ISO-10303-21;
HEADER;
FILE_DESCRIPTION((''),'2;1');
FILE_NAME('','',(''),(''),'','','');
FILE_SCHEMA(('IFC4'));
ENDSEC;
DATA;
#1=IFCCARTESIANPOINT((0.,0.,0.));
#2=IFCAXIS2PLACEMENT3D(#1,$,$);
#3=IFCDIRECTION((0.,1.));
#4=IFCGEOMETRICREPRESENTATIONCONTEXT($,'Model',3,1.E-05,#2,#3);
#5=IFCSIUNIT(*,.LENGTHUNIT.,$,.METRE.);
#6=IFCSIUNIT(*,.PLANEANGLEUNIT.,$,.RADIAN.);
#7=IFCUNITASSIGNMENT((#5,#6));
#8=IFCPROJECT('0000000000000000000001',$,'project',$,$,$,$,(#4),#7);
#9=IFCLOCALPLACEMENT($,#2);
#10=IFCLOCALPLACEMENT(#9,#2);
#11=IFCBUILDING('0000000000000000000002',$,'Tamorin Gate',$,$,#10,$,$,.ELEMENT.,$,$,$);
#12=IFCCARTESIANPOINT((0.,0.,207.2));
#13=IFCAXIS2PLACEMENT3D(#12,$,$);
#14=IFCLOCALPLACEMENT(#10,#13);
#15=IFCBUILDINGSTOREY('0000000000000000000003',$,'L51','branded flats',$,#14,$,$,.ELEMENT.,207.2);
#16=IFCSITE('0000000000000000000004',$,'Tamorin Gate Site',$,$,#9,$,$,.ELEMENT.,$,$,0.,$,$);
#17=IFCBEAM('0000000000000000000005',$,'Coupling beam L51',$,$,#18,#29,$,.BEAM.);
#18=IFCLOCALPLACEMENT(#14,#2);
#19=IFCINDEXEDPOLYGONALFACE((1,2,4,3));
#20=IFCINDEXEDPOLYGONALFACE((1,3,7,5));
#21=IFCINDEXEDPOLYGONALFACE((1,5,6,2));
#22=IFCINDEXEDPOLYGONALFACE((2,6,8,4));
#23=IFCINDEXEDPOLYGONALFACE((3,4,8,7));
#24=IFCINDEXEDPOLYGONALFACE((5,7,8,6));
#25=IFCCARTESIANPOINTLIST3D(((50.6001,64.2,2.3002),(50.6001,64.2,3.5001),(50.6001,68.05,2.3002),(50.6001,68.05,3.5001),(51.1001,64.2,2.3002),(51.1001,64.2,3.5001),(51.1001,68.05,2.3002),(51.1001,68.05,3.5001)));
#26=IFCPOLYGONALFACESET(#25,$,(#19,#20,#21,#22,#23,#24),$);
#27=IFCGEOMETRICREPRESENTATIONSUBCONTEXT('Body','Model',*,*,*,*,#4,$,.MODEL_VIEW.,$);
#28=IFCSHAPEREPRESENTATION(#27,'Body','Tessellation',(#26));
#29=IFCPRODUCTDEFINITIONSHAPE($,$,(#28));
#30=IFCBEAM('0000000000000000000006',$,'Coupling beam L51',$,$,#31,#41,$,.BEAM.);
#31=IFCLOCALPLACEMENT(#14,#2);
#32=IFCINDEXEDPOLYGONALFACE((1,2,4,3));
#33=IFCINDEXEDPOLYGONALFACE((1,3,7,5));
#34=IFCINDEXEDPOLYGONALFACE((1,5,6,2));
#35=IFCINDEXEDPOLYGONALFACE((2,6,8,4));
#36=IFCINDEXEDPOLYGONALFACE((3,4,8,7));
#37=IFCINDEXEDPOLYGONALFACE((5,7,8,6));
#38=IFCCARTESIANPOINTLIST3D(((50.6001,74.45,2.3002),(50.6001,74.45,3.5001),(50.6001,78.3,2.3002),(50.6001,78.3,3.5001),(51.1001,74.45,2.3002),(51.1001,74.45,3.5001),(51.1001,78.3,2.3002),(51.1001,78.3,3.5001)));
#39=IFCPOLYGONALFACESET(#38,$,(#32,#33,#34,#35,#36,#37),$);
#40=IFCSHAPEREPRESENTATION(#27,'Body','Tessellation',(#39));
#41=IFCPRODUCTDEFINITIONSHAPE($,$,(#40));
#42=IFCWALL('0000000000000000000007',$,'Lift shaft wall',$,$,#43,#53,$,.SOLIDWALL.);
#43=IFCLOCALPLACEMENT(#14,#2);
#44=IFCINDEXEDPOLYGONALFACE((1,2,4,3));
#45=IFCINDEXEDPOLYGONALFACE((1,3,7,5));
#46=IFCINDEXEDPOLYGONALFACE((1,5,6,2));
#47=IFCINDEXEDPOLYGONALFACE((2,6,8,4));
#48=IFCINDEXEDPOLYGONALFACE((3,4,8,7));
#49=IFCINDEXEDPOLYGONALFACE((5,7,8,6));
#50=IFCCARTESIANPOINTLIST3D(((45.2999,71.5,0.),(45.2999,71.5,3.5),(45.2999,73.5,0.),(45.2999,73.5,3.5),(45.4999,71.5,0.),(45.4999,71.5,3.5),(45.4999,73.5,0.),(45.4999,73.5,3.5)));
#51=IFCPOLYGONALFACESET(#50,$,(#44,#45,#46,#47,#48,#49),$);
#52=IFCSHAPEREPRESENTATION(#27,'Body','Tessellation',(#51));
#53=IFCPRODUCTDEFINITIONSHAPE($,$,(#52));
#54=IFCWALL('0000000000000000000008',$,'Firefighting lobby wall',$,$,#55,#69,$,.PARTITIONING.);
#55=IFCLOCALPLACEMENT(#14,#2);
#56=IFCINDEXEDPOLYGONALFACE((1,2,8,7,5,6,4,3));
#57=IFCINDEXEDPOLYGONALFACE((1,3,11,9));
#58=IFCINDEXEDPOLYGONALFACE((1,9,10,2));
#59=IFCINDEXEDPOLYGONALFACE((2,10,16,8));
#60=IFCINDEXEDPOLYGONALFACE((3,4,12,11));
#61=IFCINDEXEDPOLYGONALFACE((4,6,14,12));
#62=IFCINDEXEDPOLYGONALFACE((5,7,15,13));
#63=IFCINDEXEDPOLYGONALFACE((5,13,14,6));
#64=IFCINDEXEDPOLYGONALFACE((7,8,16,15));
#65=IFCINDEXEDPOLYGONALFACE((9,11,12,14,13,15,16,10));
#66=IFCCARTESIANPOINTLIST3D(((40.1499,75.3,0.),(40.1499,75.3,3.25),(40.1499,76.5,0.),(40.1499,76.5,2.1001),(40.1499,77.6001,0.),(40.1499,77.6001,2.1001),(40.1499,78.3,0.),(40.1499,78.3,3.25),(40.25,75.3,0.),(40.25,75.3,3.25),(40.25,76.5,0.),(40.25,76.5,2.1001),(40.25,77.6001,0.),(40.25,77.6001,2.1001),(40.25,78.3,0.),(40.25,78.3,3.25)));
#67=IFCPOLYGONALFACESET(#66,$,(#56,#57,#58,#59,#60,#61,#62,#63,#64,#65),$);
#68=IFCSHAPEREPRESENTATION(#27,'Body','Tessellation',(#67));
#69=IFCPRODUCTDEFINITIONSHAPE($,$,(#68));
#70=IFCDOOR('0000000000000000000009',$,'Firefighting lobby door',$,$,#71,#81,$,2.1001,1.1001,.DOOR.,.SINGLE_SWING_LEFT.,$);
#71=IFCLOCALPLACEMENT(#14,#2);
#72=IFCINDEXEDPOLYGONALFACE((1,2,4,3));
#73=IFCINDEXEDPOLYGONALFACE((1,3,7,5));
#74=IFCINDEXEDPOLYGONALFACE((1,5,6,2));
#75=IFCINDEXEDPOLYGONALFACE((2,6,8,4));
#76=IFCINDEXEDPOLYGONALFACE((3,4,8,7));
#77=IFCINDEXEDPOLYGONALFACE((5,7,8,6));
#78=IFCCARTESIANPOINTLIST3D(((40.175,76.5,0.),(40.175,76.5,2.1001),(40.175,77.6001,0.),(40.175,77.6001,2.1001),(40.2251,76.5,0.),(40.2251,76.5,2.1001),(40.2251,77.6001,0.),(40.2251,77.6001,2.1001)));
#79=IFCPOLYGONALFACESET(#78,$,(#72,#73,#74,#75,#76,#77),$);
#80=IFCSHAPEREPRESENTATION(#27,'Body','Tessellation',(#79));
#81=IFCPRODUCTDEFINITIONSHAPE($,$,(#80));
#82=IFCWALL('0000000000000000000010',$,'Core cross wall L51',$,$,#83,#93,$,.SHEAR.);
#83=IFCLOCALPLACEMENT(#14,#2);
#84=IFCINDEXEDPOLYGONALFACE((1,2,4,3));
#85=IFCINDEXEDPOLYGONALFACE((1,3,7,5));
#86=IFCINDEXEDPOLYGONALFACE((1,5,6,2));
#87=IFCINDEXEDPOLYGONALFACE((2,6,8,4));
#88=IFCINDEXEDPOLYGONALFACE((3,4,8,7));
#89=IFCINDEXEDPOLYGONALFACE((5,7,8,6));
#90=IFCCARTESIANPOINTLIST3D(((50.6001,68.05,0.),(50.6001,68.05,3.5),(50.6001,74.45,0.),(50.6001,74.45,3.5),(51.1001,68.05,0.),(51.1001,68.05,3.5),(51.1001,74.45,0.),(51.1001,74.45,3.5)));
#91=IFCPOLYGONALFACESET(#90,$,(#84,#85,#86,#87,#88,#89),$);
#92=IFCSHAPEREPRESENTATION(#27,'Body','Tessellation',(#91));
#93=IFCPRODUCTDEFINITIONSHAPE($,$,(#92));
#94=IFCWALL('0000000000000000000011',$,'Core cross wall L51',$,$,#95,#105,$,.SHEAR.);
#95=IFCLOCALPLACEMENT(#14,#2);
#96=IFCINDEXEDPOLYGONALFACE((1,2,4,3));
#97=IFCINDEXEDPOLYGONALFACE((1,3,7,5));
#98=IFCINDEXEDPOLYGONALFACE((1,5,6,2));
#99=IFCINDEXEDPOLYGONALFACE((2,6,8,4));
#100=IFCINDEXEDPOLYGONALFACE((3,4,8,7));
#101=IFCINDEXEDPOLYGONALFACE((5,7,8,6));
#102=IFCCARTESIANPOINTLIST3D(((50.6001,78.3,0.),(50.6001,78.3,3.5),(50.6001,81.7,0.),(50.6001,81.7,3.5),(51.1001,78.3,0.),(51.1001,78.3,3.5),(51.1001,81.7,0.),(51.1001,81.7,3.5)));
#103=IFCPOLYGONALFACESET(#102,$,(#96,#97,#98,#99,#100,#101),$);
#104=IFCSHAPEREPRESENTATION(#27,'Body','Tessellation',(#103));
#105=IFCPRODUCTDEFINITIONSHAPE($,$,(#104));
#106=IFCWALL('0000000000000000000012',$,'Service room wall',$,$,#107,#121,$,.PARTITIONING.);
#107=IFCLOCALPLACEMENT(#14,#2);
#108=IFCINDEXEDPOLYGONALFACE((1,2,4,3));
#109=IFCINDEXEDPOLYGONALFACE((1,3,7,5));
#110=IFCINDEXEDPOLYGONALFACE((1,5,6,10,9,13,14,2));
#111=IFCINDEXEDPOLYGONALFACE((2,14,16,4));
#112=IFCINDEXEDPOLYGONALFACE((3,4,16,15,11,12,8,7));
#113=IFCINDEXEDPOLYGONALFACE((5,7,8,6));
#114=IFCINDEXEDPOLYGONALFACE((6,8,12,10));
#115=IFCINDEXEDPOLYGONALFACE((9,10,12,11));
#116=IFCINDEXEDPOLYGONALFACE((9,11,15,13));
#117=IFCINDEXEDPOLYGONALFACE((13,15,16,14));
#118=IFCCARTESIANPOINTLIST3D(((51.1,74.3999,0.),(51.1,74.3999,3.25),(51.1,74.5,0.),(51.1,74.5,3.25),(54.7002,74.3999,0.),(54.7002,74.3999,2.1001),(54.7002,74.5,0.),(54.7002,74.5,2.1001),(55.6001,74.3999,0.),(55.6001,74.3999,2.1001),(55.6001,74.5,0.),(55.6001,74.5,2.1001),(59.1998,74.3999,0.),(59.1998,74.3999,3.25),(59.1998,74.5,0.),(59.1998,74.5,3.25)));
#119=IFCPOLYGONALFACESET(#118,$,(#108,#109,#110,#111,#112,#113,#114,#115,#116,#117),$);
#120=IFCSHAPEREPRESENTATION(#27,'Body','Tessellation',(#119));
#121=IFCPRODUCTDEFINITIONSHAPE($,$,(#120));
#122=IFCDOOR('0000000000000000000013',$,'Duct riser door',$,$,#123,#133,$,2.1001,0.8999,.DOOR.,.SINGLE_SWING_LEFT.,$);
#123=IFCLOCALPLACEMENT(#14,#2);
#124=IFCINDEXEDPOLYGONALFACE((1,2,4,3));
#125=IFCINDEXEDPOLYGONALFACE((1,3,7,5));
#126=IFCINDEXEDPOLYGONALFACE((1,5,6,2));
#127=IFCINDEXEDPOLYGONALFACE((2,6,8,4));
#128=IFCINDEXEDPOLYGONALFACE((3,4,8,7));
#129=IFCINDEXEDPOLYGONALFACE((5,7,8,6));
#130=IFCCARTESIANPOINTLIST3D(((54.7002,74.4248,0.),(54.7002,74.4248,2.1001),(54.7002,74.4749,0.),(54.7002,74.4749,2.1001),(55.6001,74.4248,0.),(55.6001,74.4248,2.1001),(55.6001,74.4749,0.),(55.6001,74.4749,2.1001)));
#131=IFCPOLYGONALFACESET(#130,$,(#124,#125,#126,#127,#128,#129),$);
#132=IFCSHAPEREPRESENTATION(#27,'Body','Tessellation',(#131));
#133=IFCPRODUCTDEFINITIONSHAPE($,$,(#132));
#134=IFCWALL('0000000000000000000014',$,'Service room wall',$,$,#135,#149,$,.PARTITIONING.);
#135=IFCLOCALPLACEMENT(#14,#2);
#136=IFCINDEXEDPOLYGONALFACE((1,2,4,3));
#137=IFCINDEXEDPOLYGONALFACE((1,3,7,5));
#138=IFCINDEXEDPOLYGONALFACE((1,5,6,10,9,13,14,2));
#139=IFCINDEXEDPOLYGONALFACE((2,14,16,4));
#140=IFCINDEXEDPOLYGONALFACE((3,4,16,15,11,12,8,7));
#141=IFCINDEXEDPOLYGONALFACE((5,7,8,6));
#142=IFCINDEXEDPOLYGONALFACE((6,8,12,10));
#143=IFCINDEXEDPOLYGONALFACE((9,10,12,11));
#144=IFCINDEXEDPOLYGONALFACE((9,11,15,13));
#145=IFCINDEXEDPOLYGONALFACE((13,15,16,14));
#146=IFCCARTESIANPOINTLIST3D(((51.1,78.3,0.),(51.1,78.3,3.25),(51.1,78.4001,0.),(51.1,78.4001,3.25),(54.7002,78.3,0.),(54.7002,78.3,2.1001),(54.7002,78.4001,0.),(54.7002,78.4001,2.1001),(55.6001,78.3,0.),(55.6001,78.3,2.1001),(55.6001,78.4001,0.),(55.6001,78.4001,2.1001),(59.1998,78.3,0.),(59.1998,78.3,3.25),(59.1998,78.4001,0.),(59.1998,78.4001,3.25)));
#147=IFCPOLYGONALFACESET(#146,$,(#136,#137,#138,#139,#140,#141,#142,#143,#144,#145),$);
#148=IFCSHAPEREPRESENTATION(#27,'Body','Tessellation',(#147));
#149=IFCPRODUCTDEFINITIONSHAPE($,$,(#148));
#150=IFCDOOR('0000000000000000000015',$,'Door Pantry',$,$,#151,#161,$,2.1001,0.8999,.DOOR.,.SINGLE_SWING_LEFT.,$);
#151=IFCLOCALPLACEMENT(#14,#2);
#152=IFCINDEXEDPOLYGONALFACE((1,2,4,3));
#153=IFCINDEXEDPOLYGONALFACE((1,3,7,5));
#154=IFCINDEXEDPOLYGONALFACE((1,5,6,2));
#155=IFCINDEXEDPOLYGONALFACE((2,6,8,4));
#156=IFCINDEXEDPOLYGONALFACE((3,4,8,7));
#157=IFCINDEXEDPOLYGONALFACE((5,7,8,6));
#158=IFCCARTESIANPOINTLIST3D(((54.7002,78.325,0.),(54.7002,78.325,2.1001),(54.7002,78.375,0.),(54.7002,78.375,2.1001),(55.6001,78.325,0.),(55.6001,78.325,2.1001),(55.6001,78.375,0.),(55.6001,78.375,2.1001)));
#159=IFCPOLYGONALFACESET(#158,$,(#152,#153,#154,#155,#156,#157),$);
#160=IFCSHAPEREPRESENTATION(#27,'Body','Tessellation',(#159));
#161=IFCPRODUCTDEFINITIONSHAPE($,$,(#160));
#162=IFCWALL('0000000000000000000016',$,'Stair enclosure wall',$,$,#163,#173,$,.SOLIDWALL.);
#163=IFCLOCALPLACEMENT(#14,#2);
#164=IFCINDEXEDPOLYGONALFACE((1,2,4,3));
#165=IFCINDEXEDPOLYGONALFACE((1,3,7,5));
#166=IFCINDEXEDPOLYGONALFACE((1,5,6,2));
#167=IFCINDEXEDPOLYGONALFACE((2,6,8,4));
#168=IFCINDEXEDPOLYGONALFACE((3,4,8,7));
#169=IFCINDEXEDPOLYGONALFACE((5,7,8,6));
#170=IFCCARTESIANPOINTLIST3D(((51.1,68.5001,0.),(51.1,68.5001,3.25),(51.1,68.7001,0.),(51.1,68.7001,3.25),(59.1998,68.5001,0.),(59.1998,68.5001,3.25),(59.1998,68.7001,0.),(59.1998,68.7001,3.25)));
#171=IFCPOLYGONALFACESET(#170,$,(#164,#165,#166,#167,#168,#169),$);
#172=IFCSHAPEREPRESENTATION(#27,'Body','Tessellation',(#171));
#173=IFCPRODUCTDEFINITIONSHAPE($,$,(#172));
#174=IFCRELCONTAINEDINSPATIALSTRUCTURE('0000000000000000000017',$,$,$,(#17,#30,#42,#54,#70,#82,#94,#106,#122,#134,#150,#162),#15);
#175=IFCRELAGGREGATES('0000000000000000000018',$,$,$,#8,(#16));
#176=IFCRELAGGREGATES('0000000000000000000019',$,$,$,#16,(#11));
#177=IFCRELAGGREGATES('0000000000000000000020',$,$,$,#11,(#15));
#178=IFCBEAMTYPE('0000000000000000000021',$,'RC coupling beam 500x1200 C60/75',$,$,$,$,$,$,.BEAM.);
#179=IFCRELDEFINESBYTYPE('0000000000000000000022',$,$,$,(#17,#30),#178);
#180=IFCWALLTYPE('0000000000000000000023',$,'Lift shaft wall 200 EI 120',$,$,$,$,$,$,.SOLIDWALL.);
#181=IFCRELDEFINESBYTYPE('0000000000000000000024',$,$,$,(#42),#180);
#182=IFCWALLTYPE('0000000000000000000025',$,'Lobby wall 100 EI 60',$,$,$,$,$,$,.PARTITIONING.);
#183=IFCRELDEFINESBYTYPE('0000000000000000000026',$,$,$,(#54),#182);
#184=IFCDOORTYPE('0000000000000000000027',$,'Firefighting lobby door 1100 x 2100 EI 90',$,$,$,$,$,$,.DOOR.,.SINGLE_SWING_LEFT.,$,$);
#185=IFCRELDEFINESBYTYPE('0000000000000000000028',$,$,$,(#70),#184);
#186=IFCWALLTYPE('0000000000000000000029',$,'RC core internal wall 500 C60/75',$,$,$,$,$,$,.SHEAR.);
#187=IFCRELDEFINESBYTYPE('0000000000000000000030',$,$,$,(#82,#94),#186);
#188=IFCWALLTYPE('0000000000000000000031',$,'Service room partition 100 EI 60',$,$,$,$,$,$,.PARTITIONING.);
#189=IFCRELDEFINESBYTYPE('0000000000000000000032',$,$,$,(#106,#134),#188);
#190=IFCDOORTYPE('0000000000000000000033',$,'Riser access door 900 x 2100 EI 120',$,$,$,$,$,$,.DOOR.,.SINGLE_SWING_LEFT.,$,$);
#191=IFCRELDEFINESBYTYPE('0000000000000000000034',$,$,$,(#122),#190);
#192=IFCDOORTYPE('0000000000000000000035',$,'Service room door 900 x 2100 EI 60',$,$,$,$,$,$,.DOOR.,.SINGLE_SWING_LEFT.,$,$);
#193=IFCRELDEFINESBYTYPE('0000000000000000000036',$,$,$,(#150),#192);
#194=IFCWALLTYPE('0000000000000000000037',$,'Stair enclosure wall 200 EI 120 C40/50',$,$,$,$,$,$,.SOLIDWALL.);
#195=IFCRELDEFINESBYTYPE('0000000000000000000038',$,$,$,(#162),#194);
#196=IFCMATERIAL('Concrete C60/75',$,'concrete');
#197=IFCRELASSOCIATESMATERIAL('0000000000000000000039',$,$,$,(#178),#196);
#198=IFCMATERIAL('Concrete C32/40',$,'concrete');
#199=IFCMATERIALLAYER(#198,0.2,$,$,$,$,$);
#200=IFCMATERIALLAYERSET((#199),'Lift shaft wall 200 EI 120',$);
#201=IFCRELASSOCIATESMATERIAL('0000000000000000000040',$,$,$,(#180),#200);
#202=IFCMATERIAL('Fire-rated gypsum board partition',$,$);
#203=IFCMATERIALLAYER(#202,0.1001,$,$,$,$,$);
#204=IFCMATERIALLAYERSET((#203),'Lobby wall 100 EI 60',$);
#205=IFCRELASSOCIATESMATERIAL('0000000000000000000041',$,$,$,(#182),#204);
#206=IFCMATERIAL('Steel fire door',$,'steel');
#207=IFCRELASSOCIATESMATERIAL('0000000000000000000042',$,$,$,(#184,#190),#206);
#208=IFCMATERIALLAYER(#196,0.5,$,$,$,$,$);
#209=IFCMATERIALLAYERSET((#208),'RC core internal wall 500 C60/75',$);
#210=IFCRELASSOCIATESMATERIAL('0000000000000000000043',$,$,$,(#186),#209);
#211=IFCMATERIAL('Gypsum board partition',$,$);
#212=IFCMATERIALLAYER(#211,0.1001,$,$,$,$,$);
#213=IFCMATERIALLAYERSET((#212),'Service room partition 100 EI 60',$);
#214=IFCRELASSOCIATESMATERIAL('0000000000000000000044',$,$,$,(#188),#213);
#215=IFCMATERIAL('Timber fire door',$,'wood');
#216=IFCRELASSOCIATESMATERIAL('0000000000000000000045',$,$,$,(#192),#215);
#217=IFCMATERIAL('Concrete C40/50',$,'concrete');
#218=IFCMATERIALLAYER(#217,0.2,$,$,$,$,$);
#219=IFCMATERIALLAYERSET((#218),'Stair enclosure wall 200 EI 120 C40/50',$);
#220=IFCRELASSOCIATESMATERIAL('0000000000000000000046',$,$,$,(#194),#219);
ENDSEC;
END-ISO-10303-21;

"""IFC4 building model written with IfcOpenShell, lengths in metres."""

from ifc_helpers import new_model, si_unit, direction, frame, frame_2d, origin, origin_2d, place, context, subcontext, project, spatial, rectangle, extrude, material, layer, layer_set, material_profile, profile_set, type_object, element, fill, save


model = new_model("IFC4")

# Units and contexts
model_context = context("Model", 3, precision=1e-05, world=origin(), true_north=direction((0.0, 1.0)))
body_context = subcontext(model_context, "Body", "Model", "MODEL_VIEW")
ifc_project = project(units=[si_unit("LENGTHUNIT", "METRE"), si_unit("PLANEANGLEUNIT", "RADIAN")], contexts=[model_context])

# Site, building, storey
site_placement = place(None, origin())
site = spatial("IfcSite", under=ifc_project, at=site_placement, Name="Tamorin Gate Site", CompositionType="ELEMENT", RefElevation=0.0)
building_placement = place(site_placement, origin())
building = spatial("IfcBuilding", under=site, at=building_placement, Name="Tamorin Gate", CompositionType="ELEMENT")
storey_placement = place(building_placement, frame((0.0, 0.0, 207.2)))
storey = spatial("IfcBuildingStorey", under=building, at=storey_placement, Name="L51", Description="branded flats", CompositionType="ELEMENT", Elevation=207.2)

# Beams
ifc_material_1 = material(Name="Concrete C60/75", Category="concrete")
ifc_material_profile = material_profile(ifc_material_1, rectangle(XDim=0.5, YDim=1.2, at=origin_2d()), Name="RC 500x1200")
ifc_profile_set = profile_set([ifc_material_profile], Name="Concrete C60/75")
beam_type = type_object("IfcBeamType", Name="RC coupling beam 500x1200 C60/75", PredefinedType="BEAM", material=ifc_profile_set)
for number, where, z_axis, x_axis, name in (
    (1, (50.8501, 64.2, 2.9001), (0.0, 1.0, 0.0), (-1.0, 0.0, 0.0), "Coupling beam L51"),
    (2, (50.8501, 74.45, 2.9001), (0.0, 1.0, 0.0), (-1.0, 0.0, 0.0), "Coupling beam L51"),
):
    element("IfcBeam", number, at=place(storey_placement, frame(where, z_axis=z_axis, x_axis=x_axis)), inside=storey, type_object=beam_type, Name=name, PredefinedType="BEAM", context=body_context, shape_type="SweptSolid", body=[
        extrude(rectangle(XDim=0.5, YDim=1.2, at=origin_2d()), origin(), (0.0, 0.0, 1.0), 3.8501),
    ])

# Wall
ifc_material_2 = material(Name="Concrete C32/40", Category="concrete")
ifc_layer_1 = layer(ifc_material_2, 0.2)
ifc_layer_set_1 = layer_set([ifc_layer_1], Name="Lift shaft wall 200 EI 120")
wall_type_1 = type_object("IfcWallType", Name="Lift shaft wall 200 EI 120", PredefinedType="SOLIDWALL", material=ifc_layer_set_1)
wall_1_placement = place(storey_placement, frame((45.3999, 71.5, 0.0), z_axis=(0.0, 0.0, 1.0), x_axis=(0.0, 1.0, 0.0)))
element("IfcWall", 3, at=wall_1_placement, inside=storey, type_object=wall_type_1, Name="Lift shaft wall", PredefinedType="SOLIDWALL", context=body_context, shape_type="SweptSolid", body=[
    extrude(rectangle(XDim=2.0, YDim=0.2, at=frame_2d((1.0, 0.0))), origin(), (0.0, 0.0, 1.0), 3.5),
])

# Wall, opening, door
ifc_material_3 = material(Name="Fire-rated gypsum board partition")
ifc_layer_2 = layer(ifc_material_3, 0.1001)
ifc_layer_set_2 = layer_set([ifc_layer_2], Name="Lobby wall 100 EI 60")
wall_type_2 = type_object("IfcWallType", Name="Lobby wall 100 EI 60", PredefinedType="PARTITIONING", material=ifc_layer_set_2)
wall_2_placement = place(storey_placement, frame((40.2, 75.3, 0.0), z_axis=(0.0, 0.0, 1.0), x_axis=(0.0, 1.0, 0.0)))
wall_2 = element("IfcWall", 4, at=wall_2_placement, inside=storey, type_object=wall_type_2, Name="Firefighting lobby wall", PredefinedType="PARTITIONING", context=body_context, shape_type="SweptSolid", body=[
    extrude(rectangle(XDim=3.0, YDim=0.1001, at=frame_2d((1.5, 0.0))), origin(), (0.0, 0.0, 1.0), 3.25),
])
opening_1_placement = place(wall_2_placement, frame((1.2, 0.0, 0.0)))
opening_1 = element("IfcOpeningElement", 5, at=opening_1_placement, cuts=wall_2, PredefinedType="OPENING", context=body_context, shape_type="SweptSolid", body=[
    extrude(rectangle(XDim=1.1001, YDim=2.1001, at=frame_2d((0.55, 1.05))), frame((0.0, 0.0601, 0.0), z_axis=(0.0, -1.0, 0.0), x_axis=(1.0, 0.0, 0.0)), (0.0, 0.0, 1.0), 0.1201),
])
ifc_material_4 = material(Name="Steel fire door", Category="steel")
door_type_1 = type_object("IfcDoorType", Name="Firefighting lobby door 1100 x 2100 EI 90", OperationType="SINGLE_SWING_LEFT", PredefinedType="DOOR", material=ifc_material_4)
door_1_placement = place(opening_1_placement, origin())
door_1 = element("IfcDoor", 6, at=door_1_placement, inside=storey, type_object=door_type_1, Name="Firefighting lobby door", OperationType="SINGLE_SWING_LEFT", OverallHeight=2.1001, OverallWidth=1.1001, PredefinedType="DOOR", context=body_context, shape_type="SweptSolid", body=[
    extrude(rectangle(XDim=1.1001, YDim=2.1001, at=frame_2d((0.55, 1.05))), frame((0.0, 0.0249, 0.0), z_axis=(0.0, -1.0, 0.0), x_axis=(1.0, 0.0, 0.0)), (0.0, 0.0, 1.0), 0.05),
])
fill(opening_1, door_1)

# Walls
ifc_layer_3 = layer(ifc_material_1, 0.5)
ifc_layer_set_3 = layer_set([ifc_layer_3], Name="RC core internal wall 500 C60/75")
wall_type_3 = type_object("IfcWallType", Name="RC core internal wall 500 C60/75", PredefinedType="SHEAR", material=ifc_layer_set_3)
wall_3_placement = place(storey_placement, frame((50.8501, 68.05, 0.0), z_axis=(0.0, 0.0, 1.0), x_axis=(0.0, 1.0, 0.0)))
element("IfcWall", 7, at=wall_3_placement, inside=storey, type_object=wall_type_3, Name="Core cross wall L51", PredefinedType="SHEAR", context=body_context, shape_type="SweptSolid", body=[
    extrude(rectangle(XDim=6.3999, YDim=0.5, at=frame_2d((3.2, 0.0))), origin(), (0.0, 0.0, 1.0), 3.5),
])
wall_4_placement = place(storey_placement, frame((50.8501, 78.3, 0.0), z_axis=(0.0, 0.0, 1.0), x_axis=(0.0, 1.0, 0.0)))
element("IfcWall", 8, at=wall_4_placement, inside=storey, type_object=wall_type_3, Name="Core cross wall L51", PredefinedType="SHEAR", context=body_context, shape_type="SweptSolid", body=[
    extrude(rectangle(XDim=3.3999, YDim=0.5, at=frame_2d((1.7, 0.0))), origin(), (0.0, 0.0, 1.0), 3.5),
])

# Walls, openings, doors
ifc_material_5 = material(Name="Gypsum board partition")
ifc_layer_4 = layer(ifc_material_5, 0.1001)
ifc_layer_set_4 = layer_set([ifc_layer_4], Name="Service room partition 100 EI 60")
wall_type_4 = type_object("IfcWallType", Name="Service room partition 100 EI 60", PredefinedType="PARTITIONING", material=ifc_layer_set_4)
wall_5_placement = place(storey_placement, frame((51.1001, 74.45, 0.0), z_axis=(0.0, 0.0, 1.0), x_axis=(1.0, 0.0, 0.0)))
wall_5 = element("IfcWall", 9, at=wall_5_placement, inside=storey, type_object=wall_type_4, Name="Service room wall", PredefinedType="PARTITIONING", context=body_context, shape_type="SweptSolid", body=[
    extrude(rectangle(XDim=8.0999, YDim=0.1001, at=frame_2d((4.0498, 0.0))), origin(), (0.0, 0.0, 1.0), 3.25),
])
opening_2_placement = place(wall_5_placement, frame((3.6001, 0.0, 0.0)))
opening_2 = element("IfcOpeningElement", 10, at=opening_2_placement, cuts=wall_5, PredefinedType="OPENING", context=body_context, shape_type="SweptSolid", body=[
    extrude(rectangle(XDim=0.8999, YDim=2.1001, at=frame_2d((0.45, 1.05))), frame((0.0, 0.0601, 0.0), z_axis=(0.0, -1.0, 0.0), x_axis=(1.0, 0.0, 0.0)), (0.0, 0.0, 1.0), 0.1201),
])
door_type_2 = type_object("IfcDoorType", Name="Riser access door 900 x 2100 EI 120", OperationType="SINGLE_SWING_LEFT", PredefinedType="DOOR", material=ifc_material_4)
door_2_placement = place(opening_2_placement, origin())
door_2 = element("IfcDoor", 11, at=door_2_placement, inside=storey, type_object=door_type_2, Name="Duct riser door", OperationType="SINGLE_SWING_LEFT", OverallHeight=2.1001, OverallWidth=0.8999, PredefinedType="DOOR", context=body_context, shape_type="SweptSolid", body=[
    extrude(rectangle(XDim=0.8999, YDim=2.1001, at=frame_2d((0.45, 1.05))), frame((0.0, 0.0249, 0.0), z_axis=(0.0, -1.0, 0.0), x_axis=(1.0, 0.0, 0.0)), (0.0, 0.0, 1.0), 0.05),
])
fill(opening_2, door_2)
wall_6_placement = place(storey_placement, frame((51.1001, 78.3501, 0.0), z_axis=(0.0, 0.0, 1.0), x_axis=(1.0, 0.0, 0.0)))
wall_6 = element("IfcWall", 12, at=wall_6_placement, inside=storey, type_object=wall_type_4, Name="Service room wall", PredefinedType="PARTITIONING", context=body_context, shape_type="SweptSolid", body=[
    extrude(rectangle(XDim=8.0999, YDim=0.1001, at=frame_2d((4.0498, 0.0))), origin(), (0.0, 0.0, 1.0), 3.25),
])
opening_3_placement = place(wall_6_placement, frame((3.6001, 0.0, 0.0)))
opening_3 = element("IfcOpeningElement", 13, at=opening_3_placement, cuts=wall_6, PredefinedType="OPENING", context=body_context, shape_type="SweptSolid", body=[
    extrude(rectangle(XDim=0.8999, YDim=2.1001, at=frame_2d((0.45, 1.05))), frame((0.0, 0.0601, 0.0), z_axis=(0.0, -1.0, 0.0), x_axis=(1.0, 0.0, 0.0)), (0.0, 0.0, 1.0), 0.1201),
])
ifc_material_6 = material(Name="Timber fire door", Category="wood")
door_type_3 = type_object("IfcDoorType", Name="Service room door 900 x 2100 EI 60", OperationType="SINGLE_SWING_LEFT", PredefinedType="DOOR", material=ifc_material_6)
door_3_placement = place(opening_3_placement, origin())
door_3 = element("IfcDoor", 14, at=door_3_placement, inside=storey, type_object=door_type_3, Name="Door Pantry", OperationType="SINGLE_SWING_LEFT", OverallHeight=2.1001, OverallWidth=0.8999, PredefinedType="DOOR", context=body_context, shape_type="SweptSolid", body=[
    extrude(rectangle(XDim=0.8999, YDim=2.1001, at=frame_2d((0.45, 1.05))), frame((0.0, 0.0249, 0.0), z_axis=(0.0, -1.0, 0.0), x_axis=(1.0, 0.0, 0.0)), (0.0, 0.0, 1.0), 0.05),
])
fill(opening_3, door_3)

# Wall
ifc_material_7 = material(Name="Concrete C40/50", Category="concrete")
ifc_layer_5 = layer(ifc_material_7, 0.2)
ifc_layer_set_5 = layer_set([ifc_layer_5], Name="Stair enclosure wall 200 EI 120 C40/50")
wall_type_5 = type_object("IfcWallType", Name="Stair enclosure wall 200 EI 120 C40/50", PredefinedType="SOLIDWALL", material=ifc_layer_set_5)
wall_7_placement = place(storey_placement, frame((51.1001, 68.6001, 0.0), z_axis=(0.0, 0.0, 1.0), x_axis=(1.0, 0.0, 0.0)))
element("IfcWall", 15, at=wall_7_placement, inside=storey, type_object=wall_type_5, Name="Stair enclosure wall", PredefinedType="SOLIDWALL", context=body_context, shape_type="SweptSolid", body=[
    extrude(rectangle(XDim=8.0999, YDim=0.2, at=frame_2d((4.0498, 0.0))), origin(), (0.0, 0.0, 1.0), 3.25),
])

save(model, "model.ifc")
